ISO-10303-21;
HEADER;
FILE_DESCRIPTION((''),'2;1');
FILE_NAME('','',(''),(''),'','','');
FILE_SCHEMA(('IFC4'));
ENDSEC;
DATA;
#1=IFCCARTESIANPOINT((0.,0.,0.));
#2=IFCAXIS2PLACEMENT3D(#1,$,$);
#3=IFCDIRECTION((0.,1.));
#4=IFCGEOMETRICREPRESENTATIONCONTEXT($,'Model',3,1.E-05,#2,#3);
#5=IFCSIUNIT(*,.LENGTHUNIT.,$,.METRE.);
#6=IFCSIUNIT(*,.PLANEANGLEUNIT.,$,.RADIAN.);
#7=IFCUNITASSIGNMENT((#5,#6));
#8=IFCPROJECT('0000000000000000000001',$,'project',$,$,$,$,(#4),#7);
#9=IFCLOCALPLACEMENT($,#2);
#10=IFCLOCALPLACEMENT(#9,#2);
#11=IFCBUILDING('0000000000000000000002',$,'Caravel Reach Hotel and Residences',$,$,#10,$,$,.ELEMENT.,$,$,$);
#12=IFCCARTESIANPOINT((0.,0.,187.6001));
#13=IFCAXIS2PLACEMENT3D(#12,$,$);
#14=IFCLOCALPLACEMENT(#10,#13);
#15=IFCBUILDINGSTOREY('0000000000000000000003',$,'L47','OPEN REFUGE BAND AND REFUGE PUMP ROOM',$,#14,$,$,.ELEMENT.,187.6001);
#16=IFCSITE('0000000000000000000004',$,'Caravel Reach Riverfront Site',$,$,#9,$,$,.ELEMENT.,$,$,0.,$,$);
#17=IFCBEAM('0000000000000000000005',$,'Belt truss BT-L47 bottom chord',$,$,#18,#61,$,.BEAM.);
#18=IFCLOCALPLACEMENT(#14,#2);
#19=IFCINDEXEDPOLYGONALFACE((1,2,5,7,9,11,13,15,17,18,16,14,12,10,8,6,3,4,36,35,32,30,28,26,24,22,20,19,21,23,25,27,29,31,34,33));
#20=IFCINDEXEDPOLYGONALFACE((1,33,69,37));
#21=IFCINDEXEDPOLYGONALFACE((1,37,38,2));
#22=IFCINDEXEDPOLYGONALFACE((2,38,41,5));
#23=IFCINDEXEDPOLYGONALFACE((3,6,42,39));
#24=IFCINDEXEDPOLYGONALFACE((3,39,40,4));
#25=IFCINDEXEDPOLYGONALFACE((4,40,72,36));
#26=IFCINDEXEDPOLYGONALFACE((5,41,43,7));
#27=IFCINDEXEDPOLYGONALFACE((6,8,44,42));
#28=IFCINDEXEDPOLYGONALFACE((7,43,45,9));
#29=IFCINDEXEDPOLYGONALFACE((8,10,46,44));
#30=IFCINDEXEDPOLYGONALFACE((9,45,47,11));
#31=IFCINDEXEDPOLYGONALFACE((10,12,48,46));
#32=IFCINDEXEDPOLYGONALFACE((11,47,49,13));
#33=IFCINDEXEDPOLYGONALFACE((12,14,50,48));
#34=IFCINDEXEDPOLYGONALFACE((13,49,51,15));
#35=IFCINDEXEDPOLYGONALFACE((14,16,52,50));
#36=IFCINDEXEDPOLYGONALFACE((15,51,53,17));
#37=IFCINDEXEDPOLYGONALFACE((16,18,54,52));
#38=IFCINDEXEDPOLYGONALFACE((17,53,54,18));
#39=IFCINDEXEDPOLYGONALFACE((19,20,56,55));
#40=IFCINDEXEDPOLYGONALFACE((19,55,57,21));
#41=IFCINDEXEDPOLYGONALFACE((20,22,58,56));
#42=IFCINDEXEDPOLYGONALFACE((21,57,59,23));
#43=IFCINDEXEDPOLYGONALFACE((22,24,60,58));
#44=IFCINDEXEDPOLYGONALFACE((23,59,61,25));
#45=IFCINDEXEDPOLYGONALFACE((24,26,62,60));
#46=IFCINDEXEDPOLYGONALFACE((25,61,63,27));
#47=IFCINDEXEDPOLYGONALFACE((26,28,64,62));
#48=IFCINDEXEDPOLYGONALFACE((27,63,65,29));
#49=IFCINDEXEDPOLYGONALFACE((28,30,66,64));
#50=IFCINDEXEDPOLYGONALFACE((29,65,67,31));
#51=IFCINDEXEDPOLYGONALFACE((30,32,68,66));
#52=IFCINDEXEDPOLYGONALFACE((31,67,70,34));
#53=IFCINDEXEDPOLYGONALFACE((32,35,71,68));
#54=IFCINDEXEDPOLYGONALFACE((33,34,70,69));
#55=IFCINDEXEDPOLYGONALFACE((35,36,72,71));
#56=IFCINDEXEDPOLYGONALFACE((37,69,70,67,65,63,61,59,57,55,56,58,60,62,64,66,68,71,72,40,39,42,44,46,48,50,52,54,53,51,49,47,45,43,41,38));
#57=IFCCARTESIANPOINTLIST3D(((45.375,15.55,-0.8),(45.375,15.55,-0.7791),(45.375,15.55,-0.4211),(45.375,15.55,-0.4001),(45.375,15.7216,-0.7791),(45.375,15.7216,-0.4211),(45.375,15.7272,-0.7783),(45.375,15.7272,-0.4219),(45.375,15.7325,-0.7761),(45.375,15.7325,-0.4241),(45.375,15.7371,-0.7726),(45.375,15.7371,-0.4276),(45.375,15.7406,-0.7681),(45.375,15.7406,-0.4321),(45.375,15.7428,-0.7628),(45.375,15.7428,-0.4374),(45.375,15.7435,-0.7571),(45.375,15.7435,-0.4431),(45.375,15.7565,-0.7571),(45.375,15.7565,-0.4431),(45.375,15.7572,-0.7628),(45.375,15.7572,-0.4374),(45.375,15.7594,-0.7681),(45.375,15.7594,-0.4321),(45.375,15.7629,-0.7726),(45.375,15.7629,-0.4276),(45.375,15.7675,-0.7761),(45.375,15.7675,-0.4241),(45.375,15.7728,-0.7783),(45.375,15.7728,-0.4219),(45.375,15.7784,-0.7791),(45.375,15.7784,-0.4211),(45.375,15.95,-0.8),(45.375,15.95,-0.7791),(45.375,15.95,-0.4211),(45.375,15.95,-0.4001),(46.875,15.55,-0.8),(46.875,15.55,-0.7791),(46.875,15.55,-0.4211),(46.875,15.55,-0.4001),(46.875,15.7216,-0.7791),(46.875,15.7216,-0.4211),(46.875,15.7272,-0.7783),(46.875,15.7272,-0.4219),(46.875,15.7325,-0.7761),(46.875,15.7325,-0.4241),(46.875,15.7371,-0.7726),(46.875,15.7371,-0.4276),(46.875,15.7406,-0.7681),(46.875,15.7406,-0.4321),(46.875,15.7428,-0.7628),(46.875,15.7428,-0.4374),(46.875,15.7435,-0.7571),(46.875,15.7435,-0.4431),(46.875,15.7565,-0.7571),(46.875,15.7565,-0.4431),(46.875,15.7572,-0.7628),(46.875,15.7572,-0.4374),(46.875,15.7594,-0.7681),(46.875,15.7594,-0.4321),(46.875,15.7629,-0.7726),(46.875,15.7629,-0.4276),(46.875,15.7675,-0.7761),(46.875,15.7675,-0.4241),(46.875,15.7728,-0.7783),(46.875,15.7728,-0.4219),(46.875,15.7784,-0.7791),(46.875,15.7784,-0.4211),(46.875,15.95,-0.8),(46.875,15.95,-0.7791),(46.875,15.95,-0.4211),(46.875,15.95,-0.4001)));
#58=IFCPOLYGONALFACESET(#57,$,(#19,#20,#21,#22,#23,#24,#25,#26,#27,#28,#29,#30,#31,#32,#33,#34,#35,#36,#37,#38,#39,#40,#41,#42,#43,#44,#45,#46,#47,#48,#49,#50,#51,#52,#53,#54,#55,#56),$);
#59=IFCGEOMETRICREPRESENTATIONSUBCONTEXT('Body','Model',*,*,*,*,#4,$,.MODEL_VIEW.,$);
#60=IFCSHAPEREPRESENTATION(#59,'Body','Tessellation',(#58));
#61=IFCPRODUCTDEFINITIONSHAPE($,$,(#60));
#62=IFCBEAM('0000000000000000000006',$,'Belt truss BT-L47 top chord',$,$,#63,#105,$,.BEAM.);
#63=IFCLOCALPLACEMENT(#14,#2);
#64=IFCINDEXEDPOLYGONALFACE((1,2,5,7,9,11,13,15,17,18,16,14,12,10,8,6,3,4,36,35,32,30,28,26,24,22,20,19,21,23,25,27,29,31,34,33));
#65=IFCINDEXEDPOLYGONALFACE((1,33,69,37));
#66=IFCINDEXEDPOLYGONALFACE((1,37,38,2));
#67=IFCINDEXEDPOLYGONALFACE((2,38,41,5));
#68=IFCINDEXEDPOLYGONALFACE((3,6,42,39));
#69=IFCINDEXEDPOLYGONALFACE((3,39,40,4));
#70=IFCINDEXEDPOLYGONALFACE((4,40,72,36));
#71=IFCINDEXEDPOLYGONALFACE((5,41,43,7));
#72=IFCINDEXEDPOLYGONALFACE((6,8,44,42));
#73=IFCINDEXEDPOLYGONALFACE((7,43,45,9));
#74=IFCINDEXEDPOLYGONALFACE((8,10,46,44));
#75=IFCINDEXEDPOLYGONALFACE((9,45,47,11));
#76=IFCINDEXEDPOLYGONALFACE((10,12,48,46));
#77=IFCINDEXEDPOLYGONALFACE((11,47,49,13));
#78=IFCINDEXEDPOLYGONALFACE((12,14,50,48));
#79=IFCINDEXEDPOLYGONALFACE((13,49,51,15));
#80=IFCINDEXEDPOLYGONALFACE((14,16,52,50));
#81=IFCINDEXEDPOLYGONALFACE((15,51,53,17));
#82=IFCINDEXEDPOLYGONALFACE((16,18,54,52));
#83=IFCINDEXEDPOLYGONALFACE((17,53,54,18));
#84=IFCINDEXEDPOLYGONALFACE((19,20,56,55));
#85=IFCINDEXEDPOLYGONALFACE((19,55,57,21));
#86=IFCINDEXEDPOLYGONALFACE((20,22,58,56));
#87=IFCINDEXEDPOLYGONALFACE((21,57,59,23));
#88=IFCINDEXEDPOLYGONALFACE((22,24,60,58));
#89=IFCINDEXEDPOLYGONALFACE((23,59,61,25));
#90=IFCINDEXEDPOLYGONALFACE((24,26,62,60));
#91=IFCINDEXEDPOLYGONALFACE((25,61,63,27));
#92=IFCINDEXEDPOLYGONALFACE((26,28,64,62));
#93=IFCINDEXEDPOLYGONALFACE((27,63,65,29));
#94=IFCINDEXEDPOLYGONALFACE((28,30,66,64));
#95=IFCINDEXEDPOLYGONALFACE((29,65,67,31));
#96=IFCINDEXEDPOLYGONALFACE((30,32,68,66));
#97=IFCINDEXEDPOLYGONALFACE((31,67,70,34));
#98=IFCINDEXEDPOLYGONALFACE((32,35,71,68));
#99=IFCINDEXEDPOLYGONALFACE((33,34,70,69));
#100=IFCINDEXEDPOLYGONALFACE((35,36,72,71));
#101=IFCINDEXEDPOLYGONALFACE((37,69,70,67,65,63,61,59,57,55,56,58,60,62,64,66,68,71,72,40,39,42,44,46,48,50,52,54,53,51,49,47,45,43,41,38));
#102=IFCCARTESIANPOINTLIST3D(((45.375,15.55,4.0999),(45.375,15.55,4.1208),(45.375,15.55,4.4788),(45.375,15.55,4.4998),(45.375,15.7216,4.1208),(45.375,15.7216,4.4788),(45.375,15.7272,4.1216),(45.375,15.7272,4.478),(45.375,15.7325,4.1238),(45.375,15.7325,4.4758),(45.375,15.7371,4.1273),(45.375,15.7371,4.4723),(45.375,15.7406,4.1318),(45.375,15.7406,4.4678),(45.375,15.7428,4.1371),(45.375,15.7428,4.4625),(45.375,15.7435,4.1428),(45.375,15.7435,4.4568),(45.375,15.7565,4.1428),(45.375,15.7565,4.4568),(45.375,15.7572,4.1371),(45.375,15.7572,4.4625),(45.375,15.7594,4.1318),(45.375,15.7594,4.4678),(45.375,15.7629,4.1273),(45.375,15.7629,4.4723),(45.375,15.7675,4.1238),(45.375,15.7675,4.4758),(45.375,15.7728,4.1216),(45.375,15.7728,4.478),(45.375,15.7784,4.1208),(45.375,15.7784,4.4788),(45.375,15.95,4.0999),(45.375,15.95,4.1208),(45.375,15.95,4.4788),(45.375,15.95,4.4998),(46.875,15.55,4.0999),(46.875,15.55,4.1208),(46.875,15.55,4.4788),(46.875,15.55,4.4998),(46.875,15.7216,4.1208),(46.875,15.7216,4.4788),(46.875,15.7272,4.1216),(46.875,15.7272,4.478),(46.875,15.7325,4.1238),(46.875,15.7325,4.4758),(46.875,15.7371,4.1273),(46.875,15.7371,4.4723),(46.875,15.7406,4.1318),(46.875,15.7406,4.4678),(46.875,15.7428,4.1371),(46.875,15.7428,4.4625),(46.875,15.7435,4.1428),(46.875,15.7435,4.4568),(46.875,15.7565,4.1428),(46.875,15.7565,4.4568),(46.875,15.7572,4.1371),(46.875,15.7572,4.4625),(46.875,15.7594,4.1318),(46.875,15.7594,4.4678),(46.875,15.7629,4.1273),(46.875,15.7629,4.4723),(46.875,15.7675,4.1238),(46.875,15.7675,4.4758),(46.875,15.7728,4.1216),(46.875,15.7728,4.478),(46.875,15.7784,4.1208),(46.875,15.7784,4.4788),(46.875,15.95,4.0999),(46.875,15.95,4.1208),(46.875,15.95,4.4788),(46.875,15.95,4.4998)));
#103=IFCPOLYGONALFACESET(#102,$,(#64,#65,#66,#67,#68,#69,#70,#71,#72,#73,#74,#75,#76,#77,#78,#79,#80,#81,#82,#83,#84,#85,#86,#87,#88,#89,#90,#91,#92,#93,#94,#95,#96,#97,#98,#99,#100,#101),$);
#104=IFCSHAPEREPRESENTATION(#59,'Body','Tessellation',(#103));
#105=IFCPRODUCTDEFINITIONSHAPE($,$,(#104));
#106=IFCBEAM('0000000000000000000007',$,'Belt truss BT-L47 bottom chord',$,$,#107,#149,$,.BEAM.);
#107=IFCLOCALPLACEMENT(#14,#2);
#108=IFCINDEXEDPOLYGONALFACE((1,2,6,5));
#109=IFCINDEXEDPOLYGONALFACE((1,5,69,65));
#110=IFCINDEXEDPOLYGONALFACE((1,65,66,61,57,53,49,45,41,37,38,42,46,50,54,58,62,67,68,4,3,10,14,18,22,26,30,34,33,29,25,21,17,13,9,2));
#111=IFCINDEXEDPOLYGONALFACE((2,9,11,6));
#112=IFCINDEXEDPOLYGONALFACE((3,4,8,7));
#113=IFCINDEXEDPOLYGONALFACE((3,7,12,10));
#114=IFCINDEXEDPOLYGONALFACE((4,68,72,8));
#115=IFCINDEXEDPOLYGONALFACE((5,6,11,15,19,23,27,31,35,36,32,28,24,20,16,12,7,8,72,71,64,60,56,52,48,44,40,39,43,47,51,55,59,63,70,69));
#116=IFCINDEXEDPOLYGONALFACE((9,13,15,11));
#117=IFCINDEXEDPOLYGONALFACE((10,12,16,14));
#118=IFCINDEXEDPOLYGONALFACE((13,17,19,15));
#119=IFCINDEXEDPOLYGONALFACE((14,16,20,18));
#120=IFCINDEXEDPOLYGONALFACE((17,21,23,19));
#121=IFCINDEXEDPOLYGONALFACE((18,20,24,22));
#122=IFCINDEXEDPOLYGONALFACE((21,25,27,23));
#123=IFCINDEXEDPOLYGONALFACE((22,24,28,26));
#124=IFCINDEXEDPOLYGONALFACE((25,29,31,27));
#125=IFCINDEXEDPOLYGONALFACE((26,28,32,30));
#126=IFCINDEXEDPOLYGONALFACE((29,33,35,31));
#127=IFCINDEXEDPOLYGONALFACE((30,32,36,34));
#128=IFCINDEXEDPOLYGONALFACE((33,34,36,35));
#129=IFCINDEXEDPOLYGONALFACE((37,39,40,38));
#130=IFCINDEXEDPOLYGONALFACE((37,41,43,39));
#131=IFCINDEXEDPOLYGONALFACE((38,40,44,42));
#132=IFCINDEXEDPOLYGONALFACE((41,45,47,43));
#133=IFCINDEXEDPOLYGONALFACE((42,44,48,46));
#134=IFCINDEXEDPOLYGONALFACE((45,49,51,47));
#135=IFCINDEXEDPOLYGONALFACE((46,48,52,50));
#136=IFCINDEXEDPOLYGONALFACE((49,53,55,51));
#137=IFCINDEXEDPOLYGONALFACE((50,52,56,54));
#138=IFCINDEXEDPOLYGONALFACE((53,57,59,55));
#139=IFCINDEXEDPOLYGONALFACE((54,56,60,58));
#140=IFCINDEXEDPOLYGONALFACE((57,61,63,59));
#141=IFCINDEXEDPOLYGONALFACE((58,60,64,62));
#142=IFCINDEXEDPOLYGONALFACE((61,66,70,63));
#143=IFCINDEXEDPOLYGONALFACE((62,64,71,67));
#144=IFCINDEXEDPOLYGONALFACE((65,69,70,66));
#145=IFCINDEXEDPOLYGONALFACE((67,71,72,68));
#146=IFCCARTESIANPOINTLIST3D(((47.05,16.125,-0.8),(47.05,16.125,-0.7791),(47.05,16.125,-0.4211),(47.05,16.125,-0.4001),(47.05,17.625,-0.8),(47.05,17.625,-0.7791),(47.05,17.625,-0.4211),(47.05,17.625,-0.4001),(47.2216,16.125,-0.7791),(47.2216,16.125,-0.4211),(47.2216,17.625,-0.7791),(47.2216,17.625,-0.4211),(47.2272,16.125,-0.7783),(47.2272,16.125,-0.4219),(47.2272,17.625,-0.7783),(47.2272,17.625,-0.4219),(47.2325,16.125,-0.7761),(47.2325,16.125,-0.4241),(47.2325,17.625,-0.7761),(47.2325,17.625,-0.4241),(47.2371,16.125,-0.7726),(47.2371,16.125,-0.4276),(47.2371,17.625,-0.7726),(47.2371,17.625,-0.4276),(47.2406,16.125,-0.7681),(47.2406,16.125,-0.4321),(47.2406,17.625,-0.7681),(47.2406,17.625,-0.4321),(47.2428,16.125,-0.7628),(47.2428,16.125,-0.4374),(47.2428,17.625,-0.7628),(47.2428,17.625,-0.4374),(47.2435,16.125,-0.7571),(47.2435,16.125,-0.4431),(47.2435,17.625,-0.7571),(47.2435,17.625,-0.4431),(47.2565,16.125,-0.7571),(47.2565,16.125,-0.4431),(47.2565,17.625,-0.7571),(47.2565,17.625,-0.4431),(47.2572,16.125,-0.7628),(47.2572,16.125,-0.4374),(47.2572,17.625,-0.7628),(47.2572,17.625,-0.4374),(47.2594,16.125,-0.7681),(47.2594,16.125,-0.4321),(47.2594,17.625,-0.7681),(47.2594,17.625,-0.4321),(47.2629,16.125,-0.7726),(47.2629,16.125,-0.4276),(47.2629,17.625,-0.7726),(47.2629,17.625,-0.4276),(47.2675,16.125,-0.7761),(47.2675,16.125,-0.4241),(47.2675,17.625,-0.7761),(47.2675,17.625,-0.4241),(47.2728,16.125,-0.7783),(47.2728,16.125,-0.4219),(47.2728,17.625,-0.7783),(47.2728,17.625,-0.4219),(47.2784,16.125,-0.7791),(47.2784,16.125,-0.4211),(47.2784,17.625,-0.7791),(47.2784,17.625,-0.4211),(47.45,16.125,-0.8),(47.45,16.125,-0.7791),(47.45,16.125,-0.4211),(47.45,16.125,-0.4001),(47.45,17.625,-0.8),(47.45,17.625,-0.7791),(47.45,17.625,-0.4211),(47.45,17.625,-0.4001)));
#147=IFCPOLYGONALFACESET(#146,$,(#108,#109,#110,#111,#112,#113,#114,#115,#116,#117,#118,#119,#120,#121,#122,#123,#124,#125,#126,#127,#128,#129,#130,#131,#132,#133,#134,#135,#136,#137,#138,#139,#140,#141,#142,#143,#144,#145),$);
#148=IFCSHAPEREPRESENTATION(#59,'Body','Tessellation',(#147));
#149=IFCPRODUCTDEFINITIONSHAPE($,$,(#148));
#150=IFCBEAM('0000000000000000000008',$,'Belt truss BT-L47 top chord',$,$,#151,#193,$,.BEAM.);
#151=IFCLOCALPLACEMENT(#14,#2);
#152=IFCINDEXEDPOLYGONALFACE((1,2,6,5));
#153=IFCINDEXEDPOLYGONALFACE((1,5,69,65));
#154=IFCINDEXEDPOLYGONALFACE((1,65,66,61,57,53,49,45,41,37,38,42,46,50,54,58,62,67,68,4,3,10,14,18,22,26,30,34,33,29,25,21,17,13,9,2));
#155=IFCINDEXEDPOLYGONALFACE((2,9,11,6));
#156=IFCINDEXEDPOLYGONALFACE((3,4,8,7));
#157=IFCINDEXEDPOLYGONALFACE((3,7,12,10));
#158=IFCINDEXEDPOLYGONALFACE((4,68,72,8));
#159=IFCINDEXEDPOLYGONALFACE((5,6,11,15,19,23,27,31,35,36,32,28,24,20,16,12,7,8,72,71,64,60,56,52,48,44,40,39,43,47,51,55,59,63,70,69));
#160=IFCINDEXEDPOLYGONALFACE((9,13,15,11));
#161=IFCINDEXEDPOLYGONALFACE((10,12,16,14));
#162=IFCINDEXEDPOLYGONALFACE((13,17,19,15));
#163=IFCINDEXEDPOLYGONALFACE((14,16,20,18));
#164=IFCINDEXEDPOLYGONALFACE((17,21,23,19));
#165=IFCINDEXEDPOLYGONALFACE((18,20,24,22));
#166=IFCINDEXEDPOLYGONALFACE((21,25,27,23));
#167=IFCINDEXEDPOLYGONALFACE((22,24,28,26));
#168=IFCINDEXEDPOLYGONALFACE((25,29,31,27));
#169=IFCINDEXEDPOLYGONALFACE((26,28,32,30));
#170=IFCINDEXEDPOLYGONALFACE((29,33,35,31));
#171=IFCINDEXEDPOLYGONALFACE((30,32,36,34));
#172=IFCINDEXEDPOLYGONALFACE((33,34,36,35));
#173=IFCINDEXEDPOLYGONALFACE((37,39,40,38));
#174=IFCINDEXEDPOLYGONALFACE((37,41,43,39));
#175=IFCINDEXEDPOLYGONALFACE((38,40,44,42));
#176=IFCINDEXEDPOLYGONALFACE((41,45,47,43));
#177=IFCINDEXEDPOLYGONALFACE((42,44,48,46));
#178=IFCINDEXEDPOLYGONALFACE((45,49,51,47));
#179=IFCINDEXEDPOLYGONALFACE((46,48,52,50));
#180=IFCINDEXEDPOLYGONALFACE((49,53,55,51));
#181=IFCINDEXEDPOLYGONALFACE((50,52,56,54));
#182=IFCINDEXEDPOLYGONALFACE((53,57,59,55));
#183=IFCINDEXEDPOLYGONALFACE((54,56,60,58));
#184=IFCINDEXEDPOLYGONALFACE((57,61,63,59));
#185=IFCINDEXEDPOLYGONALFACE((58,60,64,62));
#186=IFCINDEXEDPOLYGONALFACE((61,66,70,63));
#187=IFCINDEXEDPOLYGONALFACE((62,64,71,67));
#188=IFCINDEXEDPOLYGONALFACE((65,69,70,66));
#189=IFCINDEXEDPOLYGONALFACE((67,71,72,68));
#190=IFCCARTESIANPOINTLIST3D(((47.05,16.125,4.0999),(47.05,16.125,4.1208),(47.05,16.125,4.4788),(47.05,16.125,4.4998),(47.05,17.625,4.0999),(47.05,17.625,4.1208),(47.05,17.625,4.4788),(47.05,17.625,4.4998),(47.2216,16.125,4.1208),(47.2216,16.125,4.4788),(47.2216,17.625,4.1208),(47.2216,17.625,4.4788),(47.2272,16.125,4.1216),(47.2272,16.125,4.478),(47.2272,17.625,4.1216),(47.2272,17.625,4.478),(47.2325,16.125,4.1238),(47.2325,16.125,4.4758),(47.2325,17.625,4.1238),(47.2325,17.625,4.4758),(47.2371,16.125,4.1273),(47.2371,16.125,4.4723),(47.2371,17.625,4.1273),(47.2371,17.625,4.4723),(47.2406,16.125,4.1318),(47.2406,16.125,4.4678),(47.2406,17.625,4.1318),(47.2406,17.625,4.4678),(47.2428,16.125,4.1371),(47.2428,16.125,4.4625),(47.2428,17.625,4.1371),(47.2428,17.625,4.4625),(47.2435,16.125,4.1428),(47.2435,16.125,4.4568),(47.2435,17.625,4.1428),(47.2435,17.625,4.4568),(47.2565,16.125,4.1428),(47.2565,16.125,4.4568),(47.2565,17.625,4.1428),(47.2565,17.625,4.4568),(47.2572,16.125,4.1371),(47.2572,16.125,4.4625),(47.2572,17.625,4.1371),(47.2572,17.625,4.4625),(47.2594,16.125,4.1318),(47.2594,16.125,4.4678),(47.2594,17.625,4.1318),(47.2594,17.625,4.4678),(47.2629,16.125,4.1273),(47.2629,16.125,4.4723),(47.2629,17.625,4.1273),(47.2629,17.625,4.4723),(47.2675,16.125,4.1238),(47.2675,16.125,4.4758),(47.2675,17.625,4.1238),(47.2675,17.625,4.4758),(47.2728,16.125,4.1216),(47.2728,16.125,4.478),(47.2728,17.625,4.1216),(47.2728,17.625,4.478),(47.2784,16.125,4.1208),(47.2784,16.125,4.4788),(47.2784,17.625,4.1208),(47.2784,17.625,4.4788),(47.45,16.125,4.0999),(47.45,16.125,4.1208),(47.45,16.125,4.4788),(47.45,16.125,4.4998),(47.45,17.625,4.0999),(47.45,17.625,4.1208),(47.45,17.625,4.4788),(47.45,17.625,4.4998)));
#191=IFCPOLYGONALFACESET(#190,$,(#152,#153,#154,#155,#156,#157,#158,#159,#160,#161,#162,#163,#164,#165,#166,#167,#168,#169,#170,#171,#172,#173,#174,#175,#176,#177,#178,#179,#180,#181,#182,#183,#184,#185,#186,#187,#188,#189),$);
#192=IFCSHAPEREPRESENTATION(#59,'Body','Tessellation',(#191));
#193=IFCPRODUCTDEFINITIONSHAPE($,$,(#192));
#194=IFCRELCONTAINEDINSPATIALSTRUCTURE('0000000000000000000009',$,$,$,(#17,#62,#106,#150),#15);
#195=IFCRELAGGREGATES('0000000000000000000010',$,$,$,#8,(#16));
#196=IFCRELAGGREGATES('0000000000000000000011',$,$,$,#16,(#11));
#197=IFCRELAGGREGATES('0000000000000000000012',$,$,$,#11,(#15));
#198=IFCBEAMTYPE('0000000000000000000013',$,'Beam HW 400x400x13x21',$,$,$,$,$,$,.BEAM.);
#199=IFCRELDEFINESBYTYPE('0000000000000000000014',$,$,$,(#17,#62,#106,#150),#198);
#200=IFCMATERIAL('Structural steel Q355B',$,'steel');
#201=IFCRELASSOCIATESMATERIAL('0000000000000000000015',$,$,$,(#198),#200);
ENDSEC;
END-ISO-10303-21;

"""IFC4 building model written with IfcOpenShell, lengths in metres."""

from ifc_helpers import new_model, si_unit, direction, frame, origin, origin_2d, place, context, subcontext, project, spatial, i_section, extrude, material, material_profile, profile_set, type_object, element, save


model = new_model("IFC4")

# Units and contexts
model_context = context("Model", 3, precision=1e-05, world=origin(), true_north=direction((0.0, 1.0)))
body_context = subcontext(model_context, "Body", "Model", "MODEL_VIEW")
ifc_project = project(units=[si_unit("LENGTHUNIT", "METRE"), si_unit("PLANEANGLEUNIT", "RADIAN")], contexts=[model_context])

# Site, building, storey
site_placement = place(None, origin())
site = spatial("IfcSite", under=ifc_project, at=site_placement, Name="Caravel Reach Riverfront Site", CompositionType="ELEMENT", RefElevation=0.0)
building_placement = place(site_placement, origin())
building = spatial("IfcBuilding", under=site, at=building_placement, Name="Caravel Reach Hotel and Residences", CompositionType="ELEMENT")
storey_placement = place(building_placement, frame((0.0, 0.0, 187.6001)))
storey = spatial("IfcBuildingStorey", under=building, at=storey_placement, Name="L47", Description="OPEN REFUGE BAND AND REFUGE PUMP ROOM", CompositionType="ELEMENT", Elevation=187.6001)

# Beams
ifc_material_1 = material(Name="Structural steel Q355B", Category="steel")
ifc_material_profile_1 = material_profile(ifc_material_1, i_section(OverallWidth=0.3999, OverallDepth=0.3999, WebThickness=0.0129, FlangeThickness=0.021, FilletRadius=0.022, at=origin_2d()), Name="HW 400x400x13x21")
ifc_profile_set_1 = profile_set([ifc_material_profile_1], Name="Structural steel Q355B")
beam_type_1 = type_object("IfcBeamType", Name="Beam HW 400x400x13x21", PredefinedType="BEAM", material=ifc_profile_set_1)
for number, where, z_axis, x_axis, name in (
    (1, (45.375, 15.75, -0.6001), (1.0, 0.0, 0.0), (0.0, 1.0, 0.0), "Belt truss BT-L47 bottom chord"),
    (2, (45.375, 15.75, 4.2998), (1.0, 0.0, 0.0), (0.0, 1.0, 0.0), "Belt truss BT-L47 top chord"),
    (3, (47.25, 16.125, -0.6001), (0.0, 1.0, 0.0), (-1.0, 0.0, 0.0), "Belt truss BT-L47 bottom chord"),
    (4, (47.25, 16.125, 4.2998), (0.0, 1.0, 0.0), (-1.0, 0.0, 0.0), "Belt truss BT-L47 top chord"),
):
    element("IfcBeam", number, at=place(storey_placement, frame(where, z_axis=z_axis, x_axis=x_axis)), inside=storey, type_object=beam_type_1, Name=name, PredefinedType="BEAM", context=body_context, shape_type="SweptSolid", body=[
        extrude(i_section(OverallWidth=0.3999, OverallDepth=0.3999, WebThickness=0.0129, FlangeThickness=0.021, FilletRadius=0.022, at=origin_2d()), origin(), (0.0, 0.0, 1.0), 1.5),
    ])

save(model, "model.ifc")
